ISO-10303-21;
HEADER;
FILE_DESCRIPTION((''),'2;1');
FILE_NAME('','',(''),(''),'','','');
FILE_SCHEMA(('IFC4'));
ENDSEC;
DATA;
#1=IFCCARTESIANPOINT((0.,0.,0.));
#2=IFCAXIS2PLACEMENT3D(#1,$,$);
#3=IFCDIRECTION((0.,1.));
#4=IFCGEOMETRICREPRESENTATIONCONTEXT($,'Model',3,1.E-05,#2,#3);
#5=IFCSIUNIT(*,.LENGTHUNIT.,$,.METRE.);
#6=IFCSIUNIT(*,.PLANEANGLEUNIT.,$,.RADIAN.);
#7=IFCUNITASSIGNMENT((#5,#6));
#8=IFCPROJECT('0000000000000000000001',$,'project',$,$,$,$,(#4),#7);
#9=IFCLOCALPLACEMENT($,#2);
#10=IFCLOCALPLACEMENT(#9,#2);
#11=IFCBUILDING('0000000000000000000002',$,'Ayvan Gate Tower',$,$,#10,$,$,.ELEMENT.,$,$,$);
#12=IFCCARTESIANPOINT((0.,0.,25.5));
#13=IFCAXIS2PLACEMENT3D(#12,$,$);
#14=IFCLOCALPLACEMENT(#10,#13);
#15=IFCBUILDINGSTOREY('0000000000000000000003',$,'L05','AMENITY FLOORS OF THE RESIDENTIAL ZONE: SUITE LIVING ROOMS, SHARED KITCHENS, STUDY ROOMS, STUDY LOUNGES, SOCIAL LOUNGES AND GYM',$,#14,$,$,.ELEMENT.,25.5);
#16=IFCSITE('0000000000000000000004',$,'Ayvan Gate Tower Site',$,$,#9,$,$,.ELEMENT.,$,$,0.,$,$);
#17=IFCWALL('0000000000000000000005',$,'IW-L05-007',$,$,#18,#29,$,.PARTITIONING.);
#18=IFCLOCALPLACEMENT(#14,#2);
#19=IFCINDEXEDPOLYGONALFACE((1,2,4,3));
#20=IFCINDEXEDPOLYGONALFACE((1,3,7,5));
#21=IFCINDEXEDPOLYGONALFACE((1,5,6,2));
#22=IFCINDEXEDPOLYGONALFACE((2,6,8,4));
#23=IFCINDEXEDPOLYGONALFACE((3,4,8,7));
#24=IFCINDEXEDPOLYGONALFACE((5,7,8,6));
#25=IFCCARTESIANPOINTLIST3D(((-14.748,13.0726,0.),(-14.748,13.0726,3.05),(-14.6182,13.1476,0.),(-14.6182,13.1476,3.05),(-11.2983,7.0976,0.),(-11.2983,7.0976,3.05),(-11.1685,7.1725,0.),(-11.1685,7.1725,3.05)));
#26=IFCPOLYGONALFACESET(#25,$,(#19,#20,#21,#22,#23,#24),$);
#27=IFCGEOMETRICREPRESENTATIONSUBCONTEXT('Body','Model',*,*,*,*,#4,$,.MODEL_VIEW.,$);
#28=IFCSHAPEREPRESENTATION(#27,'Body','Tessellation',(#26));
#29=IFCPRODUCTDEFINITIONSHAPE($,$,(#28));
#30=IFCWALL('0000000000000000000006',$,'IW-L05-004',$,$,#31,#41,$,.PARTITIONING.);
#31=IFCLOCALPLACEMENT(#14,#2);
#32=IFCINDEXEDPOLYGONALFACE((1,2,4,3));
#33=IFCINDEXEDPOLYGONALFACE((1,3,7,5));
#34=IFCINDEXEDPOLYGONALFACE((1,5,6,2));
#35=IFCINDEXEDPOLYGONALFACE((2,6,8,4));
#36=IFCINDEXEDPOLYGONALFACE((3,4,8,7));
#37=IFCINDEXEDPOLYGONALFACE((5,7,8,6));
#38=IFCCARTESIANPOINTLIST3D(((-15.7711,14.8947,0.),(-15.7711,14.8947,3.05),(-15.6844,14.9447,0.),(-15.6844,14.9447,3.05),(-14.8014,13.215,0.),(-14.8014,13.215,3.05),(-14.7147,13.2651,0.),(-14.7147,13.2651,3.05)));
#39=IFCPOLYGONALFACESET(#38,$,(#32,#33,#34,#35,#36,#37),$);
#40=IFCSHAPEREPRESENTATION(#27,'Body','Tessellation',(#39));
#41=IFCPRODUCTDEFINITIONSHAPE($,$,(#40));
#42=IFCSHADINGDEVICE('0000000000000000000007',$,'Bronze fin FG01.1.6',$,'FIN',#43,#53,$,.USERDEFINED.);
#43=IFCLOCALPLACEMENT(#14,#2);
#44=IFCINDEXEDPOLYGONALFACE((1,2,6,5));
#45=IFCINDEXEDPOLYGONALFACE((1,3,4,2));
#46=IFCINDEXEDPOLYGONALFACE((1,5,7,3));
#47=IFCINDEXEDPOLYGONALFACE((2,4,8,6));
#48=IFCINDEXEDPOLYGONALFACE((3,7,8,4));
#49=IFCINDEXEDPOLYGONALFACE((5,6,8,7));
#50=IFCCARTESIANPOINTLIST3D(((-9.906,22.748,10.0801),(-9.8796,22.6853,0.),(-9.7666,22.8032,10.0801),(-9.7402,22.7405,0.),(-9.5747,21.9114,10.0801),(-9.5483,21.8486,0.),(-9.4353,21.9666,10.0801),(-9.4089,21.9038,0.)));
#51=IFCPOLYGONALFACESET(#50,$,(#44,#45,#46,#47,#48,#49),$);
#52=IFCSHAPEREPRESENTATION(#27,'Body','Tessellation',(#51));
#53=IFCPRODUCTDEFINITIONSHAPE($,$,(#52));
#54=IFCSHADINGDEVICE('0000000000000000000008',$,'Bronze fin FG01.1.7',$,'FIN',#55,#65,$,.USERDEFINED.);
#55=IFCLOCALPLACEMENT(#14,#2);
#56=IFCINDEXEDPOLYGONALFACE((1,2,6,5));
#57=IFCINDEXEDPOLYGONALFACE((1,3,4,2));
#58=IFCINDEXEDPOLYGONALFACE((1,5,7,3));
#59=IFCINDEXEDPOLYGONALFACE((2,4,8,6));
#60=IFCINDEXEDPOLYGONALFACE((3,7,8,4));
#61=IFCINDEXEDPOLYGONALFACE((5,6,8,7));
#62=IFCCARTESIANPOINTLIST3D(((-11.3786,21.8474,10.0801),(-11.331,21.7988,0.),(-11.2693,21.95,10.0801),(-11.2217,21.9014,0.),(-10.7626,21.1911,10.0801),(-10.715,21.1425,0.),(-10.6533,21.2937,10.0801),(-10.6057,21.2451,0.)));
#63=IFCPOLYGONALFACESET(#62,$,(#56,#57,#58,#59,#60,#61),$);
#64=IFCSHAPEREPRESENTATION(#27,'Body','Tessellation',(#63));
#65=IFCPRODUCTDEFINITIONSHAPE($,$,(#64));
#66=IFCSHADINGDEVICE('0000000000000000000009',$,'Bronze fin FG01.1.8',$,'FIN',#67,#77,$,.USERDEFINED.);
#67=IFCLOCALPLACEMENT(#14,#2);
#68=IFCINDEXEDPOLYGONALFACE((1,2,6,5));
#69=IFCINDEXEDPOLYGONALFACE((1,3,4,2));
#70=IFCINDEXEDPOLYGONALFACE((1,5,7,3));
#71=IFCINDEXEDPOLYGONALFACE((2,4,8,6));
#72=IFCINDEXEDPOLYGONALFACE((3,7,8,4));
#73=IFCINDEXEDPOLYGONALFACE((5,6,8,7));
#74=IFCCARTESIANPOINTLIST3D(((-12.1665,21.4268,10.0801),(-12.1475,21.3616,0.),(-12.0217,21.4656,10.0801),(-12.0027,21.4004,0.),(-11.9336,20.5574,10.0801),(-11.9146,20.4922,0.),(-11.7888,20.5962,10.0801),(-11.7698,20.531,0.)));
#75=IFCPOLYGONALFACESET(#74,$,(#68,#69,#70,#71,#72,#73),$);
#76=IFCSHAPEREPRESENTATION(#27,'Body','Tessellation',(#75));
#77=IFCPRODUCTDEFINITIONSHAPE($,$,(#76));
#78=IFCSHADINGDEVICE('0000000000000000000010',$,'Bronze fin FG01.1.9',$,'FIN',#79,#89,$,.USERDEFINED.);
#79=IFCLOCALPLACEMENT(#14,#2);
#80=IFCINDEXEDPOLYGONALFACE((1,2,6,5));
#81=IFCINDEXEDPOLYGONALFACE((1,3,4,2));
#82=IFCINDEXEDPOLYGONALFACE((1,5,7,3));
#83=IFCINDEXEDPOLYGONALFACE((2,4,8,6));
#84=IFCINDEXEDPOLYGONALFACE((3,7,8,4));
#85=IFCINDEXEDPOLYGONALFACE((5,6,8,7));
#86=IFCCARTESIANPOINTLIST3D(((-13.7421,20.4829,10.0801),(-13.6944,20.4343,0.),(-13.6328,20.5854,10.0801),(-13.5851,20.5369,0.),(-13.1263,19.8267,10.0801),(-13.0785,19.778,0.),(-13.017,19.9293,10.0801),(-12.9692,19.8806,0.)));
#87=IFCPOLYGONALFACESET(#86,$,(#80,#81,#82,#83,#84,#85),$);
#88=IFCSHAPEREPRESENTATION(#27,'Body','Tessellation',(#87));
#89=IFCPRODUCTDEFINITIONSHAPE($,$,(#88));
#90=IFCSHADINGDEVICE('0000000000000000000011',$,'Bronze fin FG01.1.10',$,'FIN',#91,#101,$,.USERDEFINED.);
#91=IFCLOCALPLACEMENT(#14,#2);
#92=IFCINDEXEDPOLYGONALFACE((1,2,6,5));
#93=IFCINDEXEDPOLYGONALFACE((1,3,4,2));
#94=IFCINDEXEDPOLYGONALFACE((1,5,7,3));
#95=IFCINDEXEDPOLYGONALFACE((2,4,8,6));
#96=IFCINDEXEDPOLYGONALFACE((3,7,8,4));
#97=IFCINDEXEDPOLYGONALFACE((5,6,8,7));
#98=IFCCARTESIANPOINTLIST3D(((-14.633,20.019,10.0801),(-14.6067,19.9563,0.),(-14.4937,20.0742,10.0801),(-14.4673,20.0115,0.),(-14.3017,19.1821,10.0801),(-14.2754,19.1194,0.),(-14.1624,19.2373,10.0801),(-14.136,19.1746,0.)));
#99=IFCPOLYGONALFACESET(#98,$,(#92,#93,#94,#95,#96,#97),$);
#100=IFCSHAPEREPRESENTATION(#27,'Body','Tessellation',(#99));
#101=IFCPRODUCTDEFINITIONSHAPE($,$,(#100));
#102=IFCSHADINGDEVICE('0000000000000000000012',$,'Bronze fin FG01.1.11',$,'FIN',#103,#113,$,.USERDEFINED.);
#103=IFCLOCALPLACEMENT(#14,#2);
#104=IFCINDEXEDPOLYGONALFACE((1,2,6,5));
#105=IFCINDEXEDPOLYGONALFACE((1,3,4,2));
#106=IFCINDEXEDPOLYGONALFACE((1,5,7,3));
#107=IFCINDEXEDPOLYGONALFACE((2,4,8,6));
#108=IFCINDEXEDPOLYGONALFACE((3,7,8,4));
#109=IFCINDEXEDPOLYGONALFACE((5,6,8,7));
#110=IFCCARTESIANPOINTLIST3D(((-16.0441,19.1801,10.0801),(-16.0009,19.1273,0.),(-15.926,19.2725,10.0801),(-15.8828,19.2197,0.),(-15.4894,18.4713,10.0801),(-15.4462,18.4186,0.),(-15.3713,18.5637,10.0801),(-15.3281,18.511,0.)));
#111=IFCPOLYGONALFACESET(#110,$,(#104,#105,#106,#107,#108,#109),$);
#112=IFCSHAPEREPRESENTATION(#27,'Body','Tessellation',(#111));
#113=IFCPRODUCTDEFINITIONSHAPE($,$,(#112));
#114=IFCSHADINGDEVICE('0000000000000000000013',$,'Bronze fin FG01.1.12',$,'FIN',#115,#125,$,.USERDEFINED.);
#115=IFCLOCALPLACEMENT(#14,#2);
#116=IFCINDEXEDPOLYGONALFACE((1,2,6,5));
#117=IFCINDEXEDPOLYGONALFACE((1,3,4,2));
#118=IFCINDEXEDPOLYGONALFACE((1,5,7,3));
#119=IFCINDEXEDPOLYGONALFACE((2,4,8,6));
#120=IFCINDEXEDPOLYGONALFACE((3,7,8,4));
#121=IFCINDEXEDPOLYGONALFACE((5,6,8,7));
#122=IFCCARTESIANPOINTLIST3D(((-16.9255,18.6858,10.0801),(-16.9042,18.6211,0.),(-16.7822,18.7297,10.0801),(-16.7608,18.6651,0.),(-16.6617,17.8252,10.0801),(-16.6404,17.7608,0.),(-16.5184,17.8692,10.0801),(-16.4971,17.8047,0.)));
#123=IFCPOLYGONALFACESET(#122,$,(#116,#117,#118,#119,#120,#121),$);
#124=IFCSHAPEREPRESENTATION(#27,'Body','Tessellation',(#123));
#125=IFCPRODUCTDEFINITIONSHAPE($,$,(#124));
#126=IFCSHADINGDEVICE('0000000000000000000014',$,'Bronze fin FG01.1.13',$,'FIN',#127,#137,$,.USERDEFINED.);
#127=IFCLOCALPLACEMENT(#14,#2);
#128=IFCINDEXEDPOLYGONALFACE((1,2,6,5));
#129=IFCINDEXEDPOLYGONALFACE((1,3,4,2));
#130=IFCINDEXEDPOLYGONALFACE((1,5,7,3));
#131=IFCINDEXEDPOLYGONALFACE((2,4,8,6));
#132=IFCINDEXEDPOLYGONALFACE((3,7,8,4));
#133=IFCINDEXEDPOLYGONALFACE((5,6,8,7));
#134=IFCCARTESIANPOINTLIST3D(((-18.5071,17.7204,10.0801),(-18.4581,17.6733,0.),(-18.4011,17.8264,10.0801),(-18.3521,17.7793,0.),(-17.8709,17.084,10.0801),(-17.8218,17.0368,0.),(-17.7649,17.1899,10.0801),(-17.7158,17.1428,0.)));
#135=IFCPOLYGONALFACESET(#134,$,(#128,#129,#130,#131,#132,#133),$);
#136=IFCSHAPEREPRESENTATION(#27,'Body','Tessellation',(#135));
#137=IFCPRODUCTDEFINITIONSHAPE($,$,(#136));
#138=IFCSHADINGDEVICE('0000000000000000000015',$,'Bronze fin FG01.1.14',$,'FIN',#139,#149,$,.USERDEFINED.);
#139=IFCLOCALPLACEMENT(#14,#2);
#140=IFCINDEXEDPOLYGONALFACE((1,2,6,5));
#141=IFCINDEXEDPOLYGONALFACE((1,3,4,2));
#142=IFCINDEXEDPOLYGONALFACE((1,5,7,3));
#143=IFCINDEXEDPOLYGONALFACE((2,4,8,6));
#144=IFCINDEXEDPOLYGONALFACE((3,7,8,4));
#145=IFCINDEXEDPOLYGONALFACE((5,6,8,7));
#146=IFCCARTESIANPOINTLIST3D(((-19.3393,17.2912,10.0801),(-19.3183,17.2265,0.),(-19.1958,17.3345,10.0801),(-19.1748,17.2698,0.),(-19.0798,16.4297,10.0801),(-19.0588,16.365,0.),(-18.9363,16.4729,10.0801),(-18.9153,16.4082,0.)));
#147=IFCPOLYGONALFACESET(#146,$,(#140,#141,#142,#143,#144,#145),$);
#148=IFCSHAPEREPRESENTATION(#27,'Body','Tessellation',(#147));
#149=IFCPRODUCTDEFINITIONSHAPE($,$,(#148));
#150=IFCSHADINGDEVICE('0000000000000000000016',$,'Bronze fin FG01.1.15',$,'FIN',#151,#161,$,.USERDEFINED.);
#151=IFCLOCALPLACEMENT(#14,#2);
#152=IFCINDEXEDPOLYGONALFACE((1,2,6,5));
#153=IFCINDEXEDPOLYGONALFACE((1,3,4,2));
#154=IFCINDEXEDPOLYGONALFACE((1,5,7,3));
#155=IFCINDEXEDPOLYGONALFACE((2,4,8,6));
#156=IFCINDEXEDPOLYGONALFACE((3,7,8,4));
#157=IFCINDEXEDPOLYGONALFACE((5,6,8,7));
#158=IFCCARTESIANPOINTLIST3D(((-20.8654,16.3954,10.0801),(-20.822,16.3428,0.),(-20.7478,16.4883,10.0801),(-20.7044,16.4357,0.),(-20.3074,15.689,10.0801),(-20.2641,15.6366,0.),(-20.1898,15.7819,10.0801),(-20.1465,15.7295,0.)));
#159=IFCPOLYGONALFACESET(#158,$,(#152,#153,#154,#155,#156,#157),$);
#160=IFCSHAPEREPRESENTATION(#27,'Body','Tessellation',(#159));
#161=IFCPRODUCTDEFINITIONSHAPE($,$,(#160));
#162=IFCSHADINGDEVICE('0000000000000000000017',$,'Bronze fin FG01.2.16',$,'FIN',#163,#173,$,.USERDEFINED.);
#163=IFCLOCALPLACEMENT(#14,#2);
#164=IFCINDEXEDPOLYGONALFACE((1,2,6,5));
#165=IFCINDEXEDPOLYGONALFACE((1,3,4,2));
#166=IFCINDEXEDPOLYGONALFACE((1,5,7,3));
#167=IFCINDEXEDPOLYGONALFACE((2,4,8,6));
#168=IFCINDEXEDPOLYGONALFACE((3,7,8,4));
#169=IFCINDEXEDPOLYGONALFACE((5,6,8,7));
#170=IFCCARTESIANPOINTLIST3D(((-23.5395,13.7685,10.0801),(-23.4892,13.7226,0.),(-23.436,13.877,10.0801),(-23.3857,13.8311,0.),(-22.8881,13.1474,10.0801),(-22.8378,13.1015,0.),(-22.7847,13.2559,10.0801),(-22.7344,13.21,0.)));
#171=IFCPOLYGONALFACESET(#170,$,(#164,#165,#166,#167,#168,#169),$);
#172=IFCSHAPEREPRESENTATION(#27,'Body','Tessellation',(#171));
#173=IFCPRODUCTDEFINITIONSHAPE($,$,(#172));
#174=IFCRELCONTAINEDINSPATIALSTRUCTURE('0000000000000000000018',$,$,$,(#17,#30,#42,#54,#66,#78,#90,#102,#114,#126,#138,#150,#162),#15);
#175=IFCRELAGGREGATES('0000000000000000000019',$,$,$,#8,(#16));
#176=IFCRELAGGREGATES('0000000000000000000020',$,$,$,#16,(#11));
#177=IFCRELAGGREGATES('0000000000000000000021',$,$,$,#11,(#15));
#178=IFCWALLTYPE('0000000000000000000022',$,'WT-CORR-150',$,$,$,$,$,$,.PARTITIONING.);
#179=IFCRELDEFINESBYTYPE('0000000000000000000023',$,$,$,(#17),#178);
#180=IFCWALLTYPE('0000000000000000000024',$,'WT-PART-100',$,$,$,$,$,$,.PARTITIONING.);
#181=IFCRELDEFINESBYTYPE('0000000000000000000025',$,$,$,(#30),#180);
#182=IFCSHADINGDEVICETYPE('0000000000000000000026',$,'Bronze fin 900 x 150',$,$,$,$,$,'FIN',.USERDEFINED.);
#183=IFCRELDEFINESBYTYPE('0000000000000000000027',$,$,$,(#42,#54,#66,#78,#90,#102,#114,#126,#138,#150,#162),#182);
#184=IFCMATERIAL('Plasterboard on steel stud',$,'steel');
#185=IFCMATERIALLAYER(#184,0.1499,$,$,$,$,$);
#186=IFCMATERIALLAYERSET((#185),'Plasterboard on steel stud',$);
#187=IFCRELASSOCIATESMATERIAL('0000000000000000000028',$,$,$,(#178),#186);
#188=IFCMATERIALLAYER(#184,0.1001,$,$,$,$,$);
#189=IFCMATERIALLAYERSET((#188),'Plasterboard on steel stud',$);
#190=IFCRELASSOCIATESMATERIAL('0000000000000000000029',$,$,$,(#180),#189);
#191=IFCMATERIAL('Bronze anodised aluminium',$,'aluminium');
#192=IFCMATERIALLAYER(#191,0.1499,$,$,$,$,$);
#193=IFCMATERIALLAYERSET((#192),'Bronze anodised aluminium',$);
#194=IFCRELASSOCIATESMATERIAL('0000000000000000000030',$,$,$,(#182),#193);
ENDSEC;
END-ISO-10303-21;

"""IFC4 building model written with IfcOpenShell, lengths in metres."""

from ifc_helpers import new_model, si_unit, direction, frame, frame_2d, origin, place, context, subcontext, project, spatial, polyline, rectangle, outline, extrude, material, layer, layer_set, type_object, element, save


model = new_model("IFC4")

# Units and contexts
model_context = context("Model", 3, precision=1e-05, world=origin(), true_north=direction((0.0, 1.0)))
body_context = subcontext(model_context, "Body", "Model", "MODEL_VIEW")
ifc_project = project(units=[si_unit("LENGTHUNIT", "METRE"), si_unit("PLANEANGLEUNIT", "RADIAN")], contexts=[model_context])

# Site, building, storey
site_placement = place(None, origin())
site = spatial("IfcSite", under=ifc_project, at=site_placement, Name="Ayvan Gate Tower Site", CompositionType="ELEMENT", RefElevation=0.0)
building_placement = place(site_placement, origin())
building = spatial("IfcBuilding", under=site, at=building_placement, Name="Ayvan Gate Tower", CompositionType="ELEMENT")
storey_placement = place(building_placement, frame((0.0, 0.0, 25.5)))
storey = spatial("IfcBuildingStorey", under=building, at=storey_placement, Name="L05", Description="AMENITY FLOORS OF THE RESIDENTIAL ZONE: SUITE LIVING ROOMS, SHARED KITCHENS, STUDY ROOMS, STUDY LOUNGES, SOCIAL LOUNGES AND GYM", CompositionType="ELEMENT", Elevation=25.5)

# Shared definitions
ifc_material_1 = material(Name="Bronze anodised aluminium", Category="aluminium")

# Walls
ifc_material_2 = material(Name="Plasterboard on steel stud", Category="steel")
ifc_layer_1 = layer(ifc_material_2, 0.1499)
ifc_layer_set_1 = layer_set([ifc_layer_1], Name="Plasterboard on steel stud")
wall_type_1 = type_object("IfcWallType", Name="WT-CORR-150", PredefinedType="PARTITIONING", material=ifc_layer_set_1)
wall_1_placement = place(storey_placement, frame((-14.6831, 13.1101, 0.0), z_axis=(0.0, 0.0, 1.0), x_axis=(0.499998, -0.866026, 0.0)))
element("IfcWall", 1, at=wall_1_placement, inside=storey, type_object=wall_type_1, Name="IW-L05-007", PredefinedType="PARTITIONING", context=body_context, shape_type="SweptSolid", body=[
    extrude(rectangle(XDim=6.8994, YDim=0.1499, at=frame_2d((3.4497, 0.0))), origin(), (0.0, 0.0, 1.0), 3.05),
])
ifc_layer_2 = layer(ifc_material_2, 0.1001)
ifc_layer_set_2 = layer_set([ifc_layer_2], Name="Plasterboard on steel stud")
wall_type_2 = type_object("IfcWallType", Name="WT-PART-100", PredefinedType="PARTITIONING", material=ifc_layer_set_2)
wall_2_placement = place(storey_placement, frame((-15.7278, 14.9197, 0.0), z_axis=(0.0, 0.0, 1.0), x_axis=(0.499984, -0.866035, 0.0)))
element("IfcWall", 2, at=wall_2_placement, inside=storey, type_object=wall_type_2, Name="IW-L05-004", PredefinedType="PARTITIONING", context=body_context, shape_type="SweptSolid", body=[
    extrude(rectangle(XDim=1.9395, YDim=0.1001, at=frame_2d((0.9697, 0.0))), origin(), (0.0, 0.0, 1.0), 3.05),
])

# Shading devices
ifc_layer_3 = layer(ifc_material_1, 0.1499)
ifc_layer_set_3 = layer_set([ifc_layer_3], Name="Bronze anodised aluminium")
shading_device_type = type_object("IfcShadingDeviceType", Name="Bronze fin 900 x 150", ElementType="FIN", PredefinedType="USERDEFINED", material=ifc_layer_set_3)
shading_device_1_placement = place(storey_placement, frame((-9.4089, 21.9038, 0.0), z_axis=(0.929762, 0.368161, 0.00014), x_axis=(-0.368161, 0.929762, 0.0)))
element("IfcShadingDevice", 3, at=shading_device_1_placement, inside=storey, type_object=shading_device_type, Name="Bronze fin FG01.1.6", ObjectType="FIN", PredefinedType="USERDEFINED", context=body_context, shape_type="SweptSolid", body=[
    extrude(outline(polyline([(0.0, 0.0), (0.8999, 0.0), (0.9679, 10.0801), (0.068, 10.0801), (0.0, 0.0)])), origin(), (0.0, 0.0, -1.0), 0.1499),
])
shading_device_2_placement = place(storey_placement, frame((-10.6057, 21.2451, 0.0), z_axis=(0.729131, 0.684374, 0.000145), x_axis=(-0.684374, 0.729131, 0.0)))
element("IfcShadingDevice", 4, at=shading_device_2_placement, inside=storey, type_object=shading_device_type, Name="Bronze fin FG01.1.7", ObjectType="FIN", PredefinedType="USERDEFINED", context=body_context, shape_type="SweptSolid", body=[
    extrude(outline(polyline([(0.0, 0.0), (0.9, 0.0), (0.968, 10.0801), (0.068, 10.0801), (0.0, 0.0)])), origin(), (0.0, 0.0, -1.0), 0.1499),
])
shading_device_3_placement = place(storey_placement, frame((-11.7698, 20.531, 0.0), z_axis=(0.965937, 0.258777, 0.000151), x_axis=(-0.258777, 0.965937, 0.0)))
element("IfcShadingDevice", 5, at=shading_device_3_placement, inside=storey, type_object=shading_device_type, Name="Bronze fin FG01.1.8", ObjectType="FIN", PredefinedType="USERDEFINED", context=body_context, shape_type="SweptSolid", body=[
    extrude(outline(polyline([(0.0, 0.0), (0.9, 0.0), (0.9679, 10.0801), (0.0679, 10.0801), (0.0, 0.0)])), origin(), (0.0, 0.0, -1.0), 0.1499),
])
shading_device_4_placement = place(storey_placement, frame((-12.9692, 19.8806, 0.0), z_axis=(0.729199, 0.684302, 0.000155), x_axis=(-0.684302, 0.729199, 0.0)))
element("IfcShadingDevice", 6, at=shading_device_4_placement, inside=storey, type_object=shading_device_type, Name="Bronze fin FG01.1.9", ObjectType="FIN", PredefinedType="USERDEFINED", context=body_context, shape_type="SweptSolid", body=[
    extrude(outline(polyline([(0.0, 0.0), (0.9, 0.0), (0.968, 10.0801), (0.0682, 10.0801), (0.0, 0.0)])), origin(), (0.0, 0.0, -1.0), 0.1499),
])
shading_device_5_placement = place(storey_placement, frame((-14.136, 19.1746, 0.0), z_axis=(0.929799, 0.368068, 0.000141), x_axis=(-0.368068, 0.929799, 0.0)))
element("IfcShadingDevice", 7, at=shading_device_5_placement, inside=storey, type_object=shading_device_type, Name="Bronze fin FG01.1.10", ObjectType="FIN", PredefinedType="USERDEFINED", context=body_context, shape_type="SweptSolid", body=[
    extrude(outline(polyline([(0.0, 0.0), (0.9001, 0.0), (0.9681, 10.0801), (0.068, 10.0801), (0.0, 0.0)])), origin(), (0.0, 0.0, -1.0), 0.1499),
])
shading_device_6_placement = place(storey_placement, frame((-15.3281, 18.511, 0.0), z_axis=(0.787494, 0.616323, 0.000152), x_axis=(-0.616323, 0.787494, 0.0)))
element("IfcShadingDevice", 8, at=shading_device_6_placement, inside=storey, type_object=shading_device_type, Name="Bronze fin FG01.1.11", ObjectType="FIN", PredefinedType="USERDEFINED", context=body_context, shape_type="SweptSolid", body=[
    extrude(outline(polyline([(0.0, 0.0), (0.9, 0.0), (0.9682, 10.0801), (0.0682, 10.0801), (0.0, 0.0)])), origin(), (0.0, 0.0, -1.0), 0.1499),
])
shading_device_7_placement = place(storey_placement, frame((-16.4971, 17.8047, 0.0), z_axis=(0.956081, 0.293104, 0.000148), x_axis=(-0.293104, 0.956081, 0.0)))
element("IfcShadingDevice", 9, at=shading_device_7_placement, inside=storey, type_object=shading_device_type, Name="Bronze fin FG01.1.12", ObjectType="FIN", PredefinedType="USERDEFINED", context=body_context, shape_type="SweptSolid", body=[
    extrude(outline(polyline([(0.0, 0.0), (0.8999, 0.0), (0.968, 10.0801), (0.0679, 10.0801), (0.0, 0.0)])), origin(), (0.0, 0.0, -1.0), 0.1499),
])
shading_device_8_placement = place(storey_placement, frame((-17.7158, 17.1428, 0.0), z_axis=(0.707242, 0.706971, 0.000138), x_axis=(-0.706971, 0.707242, 0.0)))
element("IfcShadingDevice", 10, at=shading_device_8_placement, inside=storey, type_object=shading_device_type, Name="Bronze fin FG01.1.13", ObjectType="FIN", PredefinedType="USERDEFINED", context=body_context, shape_type="SweptSolid", body=[
    extrude(outline(polyline([(0.0, 0.0), (0.8999, 0.0), (0.968, 10.0801), (0.068, 10.0801), (0.0, 0.0)])), origin(), (0.0, 0.0, -1.0), 0.1499),
])
shading_device_9_placement = place(storey_placement, frame((-18.9153, 16.4082, 0.0), z_axis=(0.957505, 0.288418, 0.000143), x_axis=(-0.288418, 0.957505, 0.0)))
element("IfcShadingDevice", 11, at=shading_device_9_placement, inside=storey, type_object=shading_device_type, Name="Bronze fin FG01.1.14", ObjectType="FIN", PredefinedType="USERDEFINED", context=body_context, shape_type="SweptSolid", body=[
    extrude(outline(polyline([(0.0, 0.0), (0.8998, 0.0), (0.9678, 10.0801), (0.068, 10.0801), (0.0, 0.0)])), origin(), (0.0, 0.0, -1.0), 0.1499),
])
shading_device_10_placement = place(storey_placement, frame((-20.1465, 15.7295, 0.0), z_axis=(0.784678, 0.619904, 0.000145), x_axis=(-0.619904, 0.784678, 0.0)))
element("IfcShadingDevice", 12, at=shading_device_10_placement, inside=storey, type_object=shading_device_type, Name="Bronze fin FG01.1.15", ObjectType="FIN", PredefinedType="USERDEFINED", context=body_context, shape_type="SweptSolid", body=[
    extrude(outline(polyline([(0.0, 0.0), (0.9, 0.0), (0.9682, 10.0801), (0.068, 10.0801), (0.0, 0.0)])), origin(), (0.0, 0.0, -1.0), 0.1499),
])
shading_device_11_placement = place(storey_placement, frame((-22.7344, 13.21, 0.0), z_axis=(0.690089, 0.723725, 0.000148), x_axis=(-0.723725, 0.690089, 0.0)))
element("IfcShadingDevice", 13, at=shading_device_11_placement, inside=storey, type_object=shading_device_type, Name="Bronze fin FG01.2.16", ObjectType="FIN", PredefinedType="USERDEFINED", context=body_context, shape_type="SweptSolid", body=[
    extrude(outline(polyline([(0.0, 0.0), (0.9, 0.0), (0.9681, 10.0801), (0.0681, 10.0801), (0.0, 0.0)])), origin(), (0.0, 0.0, -1.0), 0.1499),
])

save(model, "model.ifc")
